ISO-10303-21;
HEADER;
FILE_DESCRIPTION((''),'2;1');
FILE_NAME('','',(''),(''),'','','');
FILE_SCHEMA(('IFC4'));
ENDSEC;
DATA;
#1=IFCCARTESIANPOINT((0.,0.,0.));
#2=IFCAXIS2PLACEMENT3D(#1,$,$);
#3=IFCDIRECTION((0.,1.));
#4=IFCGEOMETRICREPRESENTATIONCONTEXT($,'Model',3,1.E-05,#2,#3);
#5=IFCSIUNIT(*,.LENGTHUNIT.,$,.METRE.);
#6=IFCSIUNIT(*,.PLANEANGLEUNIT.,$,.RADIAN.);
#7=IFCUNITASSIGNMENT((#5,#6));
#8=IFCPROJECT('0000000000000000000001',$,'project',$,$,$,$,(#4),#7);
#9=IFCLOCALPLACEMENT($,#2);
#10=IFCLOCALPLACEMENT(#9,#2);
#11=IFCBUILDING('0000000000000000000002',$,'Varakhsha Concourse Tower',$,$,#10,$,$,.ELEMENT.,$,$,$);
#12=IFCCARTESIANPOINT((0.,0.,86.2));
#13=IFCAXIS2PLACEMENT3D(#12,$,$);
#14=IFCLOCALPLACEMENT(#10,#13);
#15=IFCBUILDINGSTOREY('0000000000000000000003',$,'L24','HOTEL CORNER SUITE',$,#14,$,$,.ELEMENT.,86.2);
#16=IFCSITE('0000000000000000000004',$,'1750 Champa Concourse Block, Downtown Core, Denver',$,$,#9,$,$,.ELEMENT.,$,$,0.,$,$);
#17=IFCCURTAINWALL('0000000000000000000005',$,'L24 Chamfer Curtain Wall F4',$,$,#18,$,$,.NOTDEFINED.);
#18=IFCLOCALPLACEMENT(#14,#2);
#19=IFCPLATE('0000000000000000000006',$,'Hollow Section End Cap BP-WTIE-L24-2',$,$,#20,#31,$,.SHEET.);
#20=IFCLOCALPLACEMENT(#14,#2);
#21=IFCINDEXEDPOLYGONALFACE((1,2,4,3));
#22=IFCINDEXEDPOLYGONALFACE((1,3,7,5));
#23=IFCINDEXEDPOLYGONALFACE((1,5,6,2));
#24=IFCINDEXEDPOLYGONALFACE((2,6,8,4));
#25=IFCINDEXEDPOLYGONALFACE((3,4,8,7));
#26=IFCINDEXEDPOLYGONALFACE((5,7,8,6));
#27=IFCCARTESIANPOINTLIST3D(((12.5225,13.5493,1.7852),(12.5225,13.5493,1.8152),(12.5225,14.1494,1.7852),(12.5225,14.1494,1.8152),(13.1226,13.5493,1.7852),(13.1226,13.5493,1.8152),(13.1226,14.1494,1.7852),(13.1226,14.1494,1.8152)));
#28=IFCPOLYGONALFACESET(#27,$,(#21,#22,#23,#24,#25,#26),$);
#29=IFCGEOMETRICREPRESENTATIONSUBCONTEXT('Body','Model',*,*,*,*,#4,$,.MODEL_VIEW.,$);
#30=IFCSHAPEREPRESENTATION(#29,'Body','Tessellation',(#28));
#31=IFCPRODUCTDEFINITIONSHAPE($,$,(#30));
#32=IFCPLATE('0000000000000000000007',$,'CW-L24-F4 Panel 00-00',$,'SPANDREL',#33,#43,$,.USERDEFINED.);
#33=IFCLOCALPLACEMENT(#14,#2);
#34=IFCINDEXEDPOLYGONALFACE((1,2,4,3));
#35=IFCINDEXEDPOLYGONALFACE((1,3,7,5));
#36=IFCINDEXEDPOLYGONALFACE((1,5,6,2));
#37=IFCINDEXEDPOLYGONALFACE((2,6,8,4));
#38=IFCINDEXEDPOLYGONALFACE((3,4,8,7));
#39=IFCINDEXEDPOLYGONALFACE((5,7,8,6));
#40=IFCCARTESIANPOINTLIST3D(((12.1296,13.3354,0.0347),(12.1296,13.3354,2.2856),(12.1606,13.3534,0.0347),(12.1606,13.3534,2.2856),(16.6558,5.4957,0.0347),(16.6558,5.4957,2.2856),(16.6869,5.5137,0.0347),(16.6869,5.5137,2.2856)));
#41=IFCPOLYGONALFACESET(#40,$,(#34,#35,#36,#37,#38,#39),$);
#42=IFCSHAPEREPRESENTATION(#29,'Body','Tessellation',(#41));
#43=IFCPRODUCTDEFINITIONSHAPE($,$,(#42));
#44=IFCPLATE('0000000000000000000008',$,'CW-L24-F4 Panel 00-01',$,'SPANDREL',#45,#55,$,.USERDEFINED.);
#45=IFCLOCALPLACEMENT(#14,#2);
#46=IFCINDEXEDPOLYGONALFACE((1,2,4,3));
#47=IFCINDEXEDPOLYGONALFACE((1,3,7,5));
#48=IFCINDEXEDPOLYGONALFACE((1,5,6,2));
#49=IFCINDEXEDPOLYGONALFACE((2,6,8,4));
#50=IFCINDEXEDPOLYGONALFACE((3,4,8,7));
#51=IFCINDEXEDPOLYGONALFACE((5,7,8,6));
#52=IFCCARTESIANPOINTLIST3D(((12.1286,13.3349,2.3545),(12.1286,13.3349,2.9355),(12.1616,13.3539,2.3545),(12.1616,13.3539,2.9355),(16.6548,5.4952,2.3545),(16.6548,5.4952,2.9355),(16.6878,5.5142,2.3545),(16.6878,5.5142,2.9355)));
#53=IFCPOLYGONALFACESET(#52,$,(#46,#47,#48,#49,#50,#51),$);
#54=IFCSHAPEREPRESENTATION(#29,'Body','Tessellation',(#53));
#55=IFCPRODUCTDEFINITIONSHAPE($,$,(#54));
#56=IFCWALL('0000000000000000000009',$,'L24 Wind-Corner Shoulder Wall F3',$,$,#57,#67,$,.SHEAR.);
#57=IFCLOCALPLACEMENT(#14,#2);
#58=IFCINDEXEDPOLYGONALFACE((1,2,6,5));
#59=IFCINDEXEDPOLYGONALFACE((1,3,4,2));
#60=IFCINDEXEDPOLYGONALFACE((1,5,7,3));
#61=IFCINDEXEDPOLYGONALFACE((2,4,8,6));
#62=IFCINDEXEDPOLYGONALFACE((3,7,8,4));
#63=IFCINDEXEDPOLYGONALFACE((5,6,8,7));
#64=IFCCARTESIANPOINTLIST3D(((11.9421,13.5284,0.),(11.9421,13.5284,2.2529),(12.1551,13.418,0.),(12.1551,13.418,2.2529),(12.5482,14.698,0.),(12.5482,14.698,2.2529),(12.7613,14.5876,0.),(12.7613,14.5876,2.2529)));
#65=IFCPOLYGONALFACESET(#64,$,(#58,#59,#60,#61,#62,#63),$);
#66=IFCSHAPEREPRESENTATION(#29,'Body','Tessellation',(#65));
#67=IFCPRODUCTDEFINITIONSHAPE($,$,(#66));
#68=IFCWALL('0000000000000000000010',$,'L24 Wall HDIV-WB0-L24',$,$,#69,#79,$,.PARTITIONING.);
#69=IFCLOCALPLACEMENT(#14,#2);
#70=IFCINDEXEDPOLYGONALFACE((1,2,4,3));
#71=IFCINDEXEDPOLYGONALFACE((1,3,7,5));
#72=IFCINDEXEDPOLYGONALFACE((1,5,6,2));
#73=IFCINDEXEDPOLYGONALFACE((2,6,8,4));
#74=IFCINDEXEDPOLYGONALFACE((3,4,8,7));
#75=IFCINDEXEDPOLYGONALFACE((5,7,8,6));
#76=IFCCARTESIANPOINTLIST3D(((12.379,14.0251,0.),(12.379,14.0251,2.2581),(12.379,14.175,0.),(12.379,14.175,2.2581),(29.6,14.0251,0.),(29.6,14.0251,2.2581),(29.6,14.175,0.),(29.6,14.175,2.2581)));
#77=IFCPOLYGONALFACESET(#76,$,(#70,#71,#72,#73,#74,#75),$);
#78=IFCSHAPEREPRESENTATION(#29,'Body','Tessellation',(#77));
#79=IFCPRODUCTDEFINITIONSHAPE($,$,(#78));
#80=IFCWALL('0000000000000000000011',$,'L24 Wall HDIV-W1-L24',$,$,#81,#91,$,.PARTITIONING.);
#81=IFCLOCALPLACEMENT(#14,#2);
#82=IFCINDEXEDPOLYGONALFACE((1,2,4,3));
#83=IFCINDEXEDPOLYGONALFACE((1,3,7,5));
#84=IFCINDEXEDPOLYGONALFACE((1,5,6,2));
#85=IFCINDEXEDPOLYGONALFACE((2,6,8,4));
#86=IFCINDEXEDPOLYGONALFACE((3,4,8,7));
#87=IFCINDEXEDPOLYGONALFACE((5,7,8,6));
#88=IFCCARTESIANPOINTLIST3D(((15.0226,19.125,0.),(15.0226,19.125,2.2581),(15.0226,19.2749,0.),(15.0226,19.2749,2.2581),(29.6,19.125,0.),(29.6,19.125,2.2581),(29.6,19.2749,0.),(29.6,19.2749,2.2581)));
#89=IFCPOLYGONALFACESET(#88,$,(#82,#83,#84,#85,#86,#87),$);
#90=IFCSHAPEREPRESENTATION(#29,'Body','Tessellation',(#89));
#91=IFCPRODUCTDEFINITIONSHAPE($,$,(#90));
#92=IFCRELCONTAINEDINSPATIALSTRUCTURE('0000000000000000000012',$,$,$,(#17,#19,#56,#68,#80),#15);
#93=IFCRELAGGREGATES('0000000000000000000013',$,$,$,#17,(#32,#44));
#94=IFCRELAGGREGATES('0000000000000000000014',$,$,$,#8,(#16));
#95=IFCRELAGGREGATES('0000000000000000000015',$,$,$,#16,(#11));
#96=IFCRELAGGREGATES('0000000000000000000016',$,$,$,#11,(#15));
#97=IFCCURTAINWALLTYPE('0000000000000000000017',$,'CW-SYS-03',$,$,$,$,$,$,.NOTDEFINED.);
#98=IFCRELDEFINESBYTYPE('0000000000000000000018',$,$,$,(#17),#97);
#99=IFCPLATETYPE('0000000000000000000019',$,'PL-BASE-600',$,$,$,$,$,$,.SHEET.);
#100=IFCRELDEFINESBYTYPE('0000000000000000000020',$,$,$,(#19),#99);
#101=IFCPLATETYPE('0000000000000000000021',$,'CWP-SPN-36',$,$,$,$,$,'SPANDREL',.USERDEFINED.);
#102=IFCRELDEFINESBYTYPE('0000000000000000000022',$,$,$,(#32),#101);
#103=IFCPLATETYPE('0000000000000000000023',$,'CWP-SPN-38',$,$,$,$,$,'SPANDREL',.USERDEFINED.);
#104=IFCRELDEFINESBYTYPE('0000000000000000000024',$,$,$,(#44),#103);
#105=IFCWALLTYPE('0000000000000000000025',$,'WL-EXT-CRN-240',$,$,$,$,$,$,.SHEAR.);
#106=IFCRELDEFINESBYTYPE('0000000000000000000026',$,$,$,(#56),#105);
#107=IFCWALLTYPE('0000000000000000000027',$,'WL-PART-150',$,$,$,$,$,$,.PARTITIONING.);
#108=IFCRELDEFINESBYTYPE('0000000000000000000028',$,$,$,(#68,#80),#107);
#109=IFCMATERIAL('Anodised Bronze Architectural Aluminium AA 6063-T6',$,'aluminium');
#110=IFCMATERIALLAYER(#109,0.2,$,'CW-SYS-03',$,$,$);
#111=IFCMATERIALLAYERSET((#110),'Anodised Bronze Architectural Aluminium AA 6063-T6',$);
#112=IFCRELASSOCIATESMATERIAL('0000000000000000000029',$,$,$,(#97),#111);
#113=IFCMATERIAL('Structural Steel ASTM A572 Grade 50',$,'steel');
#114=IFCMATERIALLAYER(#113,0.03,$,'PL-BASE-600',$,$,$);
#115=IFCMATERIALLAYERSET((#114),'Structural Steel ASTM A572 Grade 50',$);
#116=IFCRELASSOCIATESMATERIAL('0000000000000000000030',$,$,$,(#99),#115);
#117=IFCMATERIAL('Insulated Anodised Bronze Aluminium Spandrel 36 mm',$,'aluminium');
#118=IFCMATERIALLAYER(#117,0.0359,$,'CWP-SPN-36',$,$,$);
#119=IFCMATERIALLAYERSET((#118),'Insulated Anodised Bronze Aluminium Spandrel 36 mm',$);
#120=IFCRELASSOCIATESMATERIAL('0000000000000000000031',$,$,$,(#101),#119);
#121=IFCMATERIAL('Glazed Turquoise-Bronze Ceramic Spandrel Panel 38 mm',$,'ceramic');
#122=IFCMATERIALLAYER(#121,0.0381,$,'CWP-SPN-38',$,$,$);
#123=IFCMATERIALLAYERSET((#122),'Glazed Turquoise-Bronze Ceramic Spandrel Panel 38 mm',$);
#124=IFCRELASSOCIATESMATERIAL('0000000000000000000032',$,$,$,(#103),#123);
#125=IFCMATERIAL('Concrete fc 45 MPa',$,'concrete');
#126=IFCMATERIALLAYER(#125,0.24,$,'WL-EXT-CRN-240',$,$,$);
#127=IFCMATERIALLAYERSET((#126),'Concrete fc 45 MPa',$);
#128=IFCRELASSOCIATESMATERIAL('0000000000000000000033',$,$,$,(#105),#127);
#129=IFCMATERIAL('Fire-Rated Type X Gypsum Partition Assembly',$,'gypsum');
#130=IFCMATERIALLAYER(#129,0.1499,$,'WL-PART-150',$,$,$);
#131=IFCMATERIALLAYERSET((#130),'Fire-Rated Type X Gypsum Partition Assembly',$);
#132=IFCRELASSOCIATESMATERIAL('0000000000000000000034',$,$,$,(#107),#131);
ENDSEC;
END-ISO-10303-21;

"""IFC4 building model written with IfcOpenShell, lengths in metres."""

from ifc_helpers import new_model, si_unit, direction, frame, frame_2d, origin, origin_2d, place, context, subcontext, project, spatial, rectangle, extrude, source, transform, mapped, material, layer, layer_set, type_object, type_shapes, element, aggregate, save


model = new_model("IFC4")

# Units and contexts
model_context = context("Model", 3, precision=1e-05, world=origin(), true_north=direction((0.0, 1.0)))
body_context = subcontext(model_context, "Body", "Model", "MODEL_VIEW")
ifc_project = project(units=[si_unit("LENGTHUNIT", "METRE"), si_unit("PLANEANGLEUNIT", "RADIAN")], contexts=[model_context])

# Site, building, storey
site_placement = place(None, origin())
site = spatial("IfcSite", under=ifc_project, at=site_placement, Name="1750 Champa Concourse Block, Downtown Core, Denver", CompositionType="ELEMENT", RefElevation=0.0)
building_placement = place(site_placement, origin())
building = spatial("IfcBuilding", under=site, at=building_placement, Name="Varakhsha Concourse Tower", CompositionType="ELEMENT")
storey_placement = place(building_placement, frame((0.0, 0.0, 86.2)))
storey = spatial("IfcBuildingStorey", under=building, at=storey_placement, Name="L24", Description="HOTEL CORNER SUITE", CompositionType="ELEMENT", Elevation=86.2)

# Shared definitions
ifc_material_1 = material(Name="Structural Steel ASTM A572 Grade 50", Category="steel")

# Curtain wall
ifc_material_2 = material(Name="Anodised Bronze Architectural Aluminium AA 6063-T6", Category="aluminium")
ifc_layer_1 = layer(ifc_material_2, 0.2, Name="CW-SYS-03")
ifc_layer_set_1 = layer_set([ifc_layer_1], Name="Anodised Bronze Architectural Aluminium AA 6063-T6")
curtain_wall_type = type_object("IfcCurtainWallType", Name="CW-SYS-03", PredefinedType="NOTDEFINED", material=ifc_layer_set_1)
curtain_wall_1_placement = place(storey_placement, origin())
curtain_wall_1 = element("IfcCurtainWall", 1, at=curtain_wall_1_placement, inside=storey, type_object=curtain_wall_type, Name="L24 Chamfer Curtain Wall F4", PredefinedType="NOTDEFINED")

# Shared definitions
ifc_material_3 = material(Name="Concrete fc 45 MPa", Category="concrete")

# Plate
ifc_layer_2 = layer(ifc_material_1, 0.03, Name="PL-BASE-600")
ifc_layer_set_2 = layer_set([ifc_layer_2], Name="Structural Steel ASTM A572 Grade 50")
plate_type_1 = type_object("IfcPlateType", Name="PL-BASE-600", PredefinedType="SHEET", material=ifc_layer_set_2)
shared_shape_1 = source(origin(), body_context, "Body", "SweptSolid", [
    extrude(rectangle(XDim=0.6001, YDim=0.6001, at=origin_2d()), origin(), (0.0, 0.0, 1.0), 0.03),
])
type_shapes(plate_type_1, [shared_shape_1])
plate_1_placement = place(storey_placement, frame((12.8225, 13.8494, 1.7852), z_axis=(0.0, 0.0, 1.0), x_axis=(1.0, 0.0, 0.0)))
element("IfcPlate", 2, at=plate_1_placement, inside=storey, type_object=plate_type_1, Name="Hollow Section End Cap BP-WTIE-L24-2", PredefinedType="SHEET", context=body_context, shape_type="MappedRepresentation", body=[
    mapped(shared_shape_1, transform((0.0, 0.0, 0.0), scale=1.0)),
])

# Plates
ifc_material_4 = material(Name="Insulated Anodised Bronze Aluminium Spandrel 36 mm", Category="aluminium")
ifc_layer_3 = layer(ifc_material_4, 0.0359, Name="CWP-SPN-36")
ifc_layer_set_3 = layer_set([ifc_layer_3], Name="Insulated Anodised Bronze Aluminium Spandrel 36 mm")
plate_type_2 = type_object("IfcPlateType", Name="CWP-SPN-36", ElementType="SPANDREL", PredefinedType="USERDEFINED", material=ifc_layer_set_3)
shared_shape_2 = source(origin(), body_context, "Body", "SweptSolid", [
    extrude(rectangle(XDim=9.0525, YDim=0.0359, at=origin_2d()), origin(), (0.0, 0.0, 1.0), 2.251),
])
type_shapes(plate_type_2, [shared_shape_2])
plate_2_placement = place(storey_placement, frame((14.4082, 9.4246, 0.0347), z_axis=(0.0, 0.0, 1.0), x_axis=(-0.499997, 0.866027, 0.0)))
plate_2 = element("IfcPlate", 3, at=plate_2_placement, type_object=plate_type_2, Name="CW-L24-F4 Panel 00-00", ObjectType="SPANDREL", PredefinedType="USERDEFINED", context=body_context, shape_type="MappedRepresentation", body=[
    mapped(shared_shape_2, transform((0.0, 0.0, 0.0), scale=1.0)),
])
ifc_material_5 = material(Name="Glazed Turquoise-Bronze Ceramic Spandrel Panel 38 mm", Category="ceramic")
ifc_layer_4 = layer(ifc_material_5, 0.0381, Name="CWP-SPN-38")
ifc_layer_set_4 = layer_set([ifc_layer_4], Name="Glazed Turquoise-Bronze Ceramic Spandrel Panel 38 mm")
plate_type_3 = type_object("IfcPlateType", Name="CWP-SPN-38", ElementType="SPANDREL", PredefinedType="USERDEFINED", material=ifc_layer_set_4)
shared_shape_3 = source(origin(), body_context, "Body", "SweptSolid", [
    extrude(rectangle(XDim=9.0525, YDim=0.0381, at=origin_2d()), origin(), (0.0, 0.0, 1.0), 0.5811),
])
type_shapes(plate_type_3, [shared_shape_3])
plate_3_placement = place(storey_placement, frame((14.4082, 9.4246, 2.3545), z_axis=(0.0, 0.0, 1.0), x_axis=(-0.499997, 0.866027, 0.0)))
plate_3 = element("IfcPlate", 4, at=plate_3_placement, type_object=plate_type_3, Name="CW-L24-F4 Panel 00-01", ObjectType="SPANDREL", PredefinedType="USERDEFINED", context=body_context, shape_type="MappedRepresentation", body=[
    mapped(shared_shape_3, transform((0.0, 0.0, 0.0), scale=1.0)),
])
aggregate(curtain_wall_1, [plate_2, plate_3])

# Walls
ifc_layer_5 = layer(ifc_material_3, 0.24, Name="WL-EXT-CRN-240")
ifc_layer_set_5 = layer_set([ifc_layer_5], Name="Concrete fc 45 MPa")
wall_type_1 = type_object("IfcWallType", Name="WL-EXT-CRN-240", PredefinedType="SHEAR", material=ifc_layer_set_5)
wall_1_placement = place(storey_placement, frame((12.6548, 14.6428, 0.0), z_axis=(0.0, 0.0, 1.0), x_axis=(-0.460139, -0.887847, 0.0)))
element("IfcWall", 5, at=wall_1_placement, inside=storey, type_object=wall_type_1, Name="L24 Wind-Corner Shoulder Wall F3", PredefinedType="SHEAR", context=body_context, shape_type="SweptSolid", body=[
    extrude(rectangle(XDim=1.3174, YDim=0.24, at=frame_2d((0.6587, 0.0))), origin(), (0.0, 0.0, 1.0), 2.2529),
])
ifc_material_6 = material(Name="Fire-Rated Type X Gypsum Partition Assembly", Category="gypsum")
ifc_layer_6 = layer(ifc_material_6, 0.1499, Name="WL-PART-150")
ifc_layer_set_6 = layer_set([ifc_layer_6], Name="Fire-Rated Type X Gypsum Partition Assembly")
wall_type_2 = type_object("IfcWallType", Name="WL-PART-150", PredefinedType="PARTITIONING", material=ifc_layer_set_6)
wall_2_placement = place(storey_placement, frame((12.3792, 14.1001, 0.0), z_axis=(0.0, 0.0, 1.0), x_axis=(1.0, 0.0, 0.0)))
element("IfcWall", 6, at=wall_2_placement, inside=storey, type_object=wall_type_2, Name="L24 Wall HDIV-WB0-L24", PredefinedType="PARTITIONING", context=body_context, shape_type="SweptSolid", body=[
    extrude(rectangle(XDim=17.2209, YDim=0.1499, at=frame_2d((8.6104, 0.0))), origin(), (0.0, 0.0, 1.0), 2.2581),
])
wall_3_placement = place(storey_placement, frame((15.0227, 19.2, 0.0), z_axis=(0.0, 0.0, 1.0), x_axis=(1.0, 0.0, 0.0)))
element("IfcWall", 7, at=wall_3_placement, inside=storey, type_object=wall_type_2, Name="L24 Wall HDIV-W1-L24", PredefinedType="PARTITIONING", context=body_context, shape_type="SweptSolid", body=[
    extrude(rectangle(XDim=14.5774, YDim=0.1499, at=frame_2d((7.2886, 0.0))), origin(), (0.0, 0.0, 1.0), 2.2581),
])

save(model, "model.ifc")
